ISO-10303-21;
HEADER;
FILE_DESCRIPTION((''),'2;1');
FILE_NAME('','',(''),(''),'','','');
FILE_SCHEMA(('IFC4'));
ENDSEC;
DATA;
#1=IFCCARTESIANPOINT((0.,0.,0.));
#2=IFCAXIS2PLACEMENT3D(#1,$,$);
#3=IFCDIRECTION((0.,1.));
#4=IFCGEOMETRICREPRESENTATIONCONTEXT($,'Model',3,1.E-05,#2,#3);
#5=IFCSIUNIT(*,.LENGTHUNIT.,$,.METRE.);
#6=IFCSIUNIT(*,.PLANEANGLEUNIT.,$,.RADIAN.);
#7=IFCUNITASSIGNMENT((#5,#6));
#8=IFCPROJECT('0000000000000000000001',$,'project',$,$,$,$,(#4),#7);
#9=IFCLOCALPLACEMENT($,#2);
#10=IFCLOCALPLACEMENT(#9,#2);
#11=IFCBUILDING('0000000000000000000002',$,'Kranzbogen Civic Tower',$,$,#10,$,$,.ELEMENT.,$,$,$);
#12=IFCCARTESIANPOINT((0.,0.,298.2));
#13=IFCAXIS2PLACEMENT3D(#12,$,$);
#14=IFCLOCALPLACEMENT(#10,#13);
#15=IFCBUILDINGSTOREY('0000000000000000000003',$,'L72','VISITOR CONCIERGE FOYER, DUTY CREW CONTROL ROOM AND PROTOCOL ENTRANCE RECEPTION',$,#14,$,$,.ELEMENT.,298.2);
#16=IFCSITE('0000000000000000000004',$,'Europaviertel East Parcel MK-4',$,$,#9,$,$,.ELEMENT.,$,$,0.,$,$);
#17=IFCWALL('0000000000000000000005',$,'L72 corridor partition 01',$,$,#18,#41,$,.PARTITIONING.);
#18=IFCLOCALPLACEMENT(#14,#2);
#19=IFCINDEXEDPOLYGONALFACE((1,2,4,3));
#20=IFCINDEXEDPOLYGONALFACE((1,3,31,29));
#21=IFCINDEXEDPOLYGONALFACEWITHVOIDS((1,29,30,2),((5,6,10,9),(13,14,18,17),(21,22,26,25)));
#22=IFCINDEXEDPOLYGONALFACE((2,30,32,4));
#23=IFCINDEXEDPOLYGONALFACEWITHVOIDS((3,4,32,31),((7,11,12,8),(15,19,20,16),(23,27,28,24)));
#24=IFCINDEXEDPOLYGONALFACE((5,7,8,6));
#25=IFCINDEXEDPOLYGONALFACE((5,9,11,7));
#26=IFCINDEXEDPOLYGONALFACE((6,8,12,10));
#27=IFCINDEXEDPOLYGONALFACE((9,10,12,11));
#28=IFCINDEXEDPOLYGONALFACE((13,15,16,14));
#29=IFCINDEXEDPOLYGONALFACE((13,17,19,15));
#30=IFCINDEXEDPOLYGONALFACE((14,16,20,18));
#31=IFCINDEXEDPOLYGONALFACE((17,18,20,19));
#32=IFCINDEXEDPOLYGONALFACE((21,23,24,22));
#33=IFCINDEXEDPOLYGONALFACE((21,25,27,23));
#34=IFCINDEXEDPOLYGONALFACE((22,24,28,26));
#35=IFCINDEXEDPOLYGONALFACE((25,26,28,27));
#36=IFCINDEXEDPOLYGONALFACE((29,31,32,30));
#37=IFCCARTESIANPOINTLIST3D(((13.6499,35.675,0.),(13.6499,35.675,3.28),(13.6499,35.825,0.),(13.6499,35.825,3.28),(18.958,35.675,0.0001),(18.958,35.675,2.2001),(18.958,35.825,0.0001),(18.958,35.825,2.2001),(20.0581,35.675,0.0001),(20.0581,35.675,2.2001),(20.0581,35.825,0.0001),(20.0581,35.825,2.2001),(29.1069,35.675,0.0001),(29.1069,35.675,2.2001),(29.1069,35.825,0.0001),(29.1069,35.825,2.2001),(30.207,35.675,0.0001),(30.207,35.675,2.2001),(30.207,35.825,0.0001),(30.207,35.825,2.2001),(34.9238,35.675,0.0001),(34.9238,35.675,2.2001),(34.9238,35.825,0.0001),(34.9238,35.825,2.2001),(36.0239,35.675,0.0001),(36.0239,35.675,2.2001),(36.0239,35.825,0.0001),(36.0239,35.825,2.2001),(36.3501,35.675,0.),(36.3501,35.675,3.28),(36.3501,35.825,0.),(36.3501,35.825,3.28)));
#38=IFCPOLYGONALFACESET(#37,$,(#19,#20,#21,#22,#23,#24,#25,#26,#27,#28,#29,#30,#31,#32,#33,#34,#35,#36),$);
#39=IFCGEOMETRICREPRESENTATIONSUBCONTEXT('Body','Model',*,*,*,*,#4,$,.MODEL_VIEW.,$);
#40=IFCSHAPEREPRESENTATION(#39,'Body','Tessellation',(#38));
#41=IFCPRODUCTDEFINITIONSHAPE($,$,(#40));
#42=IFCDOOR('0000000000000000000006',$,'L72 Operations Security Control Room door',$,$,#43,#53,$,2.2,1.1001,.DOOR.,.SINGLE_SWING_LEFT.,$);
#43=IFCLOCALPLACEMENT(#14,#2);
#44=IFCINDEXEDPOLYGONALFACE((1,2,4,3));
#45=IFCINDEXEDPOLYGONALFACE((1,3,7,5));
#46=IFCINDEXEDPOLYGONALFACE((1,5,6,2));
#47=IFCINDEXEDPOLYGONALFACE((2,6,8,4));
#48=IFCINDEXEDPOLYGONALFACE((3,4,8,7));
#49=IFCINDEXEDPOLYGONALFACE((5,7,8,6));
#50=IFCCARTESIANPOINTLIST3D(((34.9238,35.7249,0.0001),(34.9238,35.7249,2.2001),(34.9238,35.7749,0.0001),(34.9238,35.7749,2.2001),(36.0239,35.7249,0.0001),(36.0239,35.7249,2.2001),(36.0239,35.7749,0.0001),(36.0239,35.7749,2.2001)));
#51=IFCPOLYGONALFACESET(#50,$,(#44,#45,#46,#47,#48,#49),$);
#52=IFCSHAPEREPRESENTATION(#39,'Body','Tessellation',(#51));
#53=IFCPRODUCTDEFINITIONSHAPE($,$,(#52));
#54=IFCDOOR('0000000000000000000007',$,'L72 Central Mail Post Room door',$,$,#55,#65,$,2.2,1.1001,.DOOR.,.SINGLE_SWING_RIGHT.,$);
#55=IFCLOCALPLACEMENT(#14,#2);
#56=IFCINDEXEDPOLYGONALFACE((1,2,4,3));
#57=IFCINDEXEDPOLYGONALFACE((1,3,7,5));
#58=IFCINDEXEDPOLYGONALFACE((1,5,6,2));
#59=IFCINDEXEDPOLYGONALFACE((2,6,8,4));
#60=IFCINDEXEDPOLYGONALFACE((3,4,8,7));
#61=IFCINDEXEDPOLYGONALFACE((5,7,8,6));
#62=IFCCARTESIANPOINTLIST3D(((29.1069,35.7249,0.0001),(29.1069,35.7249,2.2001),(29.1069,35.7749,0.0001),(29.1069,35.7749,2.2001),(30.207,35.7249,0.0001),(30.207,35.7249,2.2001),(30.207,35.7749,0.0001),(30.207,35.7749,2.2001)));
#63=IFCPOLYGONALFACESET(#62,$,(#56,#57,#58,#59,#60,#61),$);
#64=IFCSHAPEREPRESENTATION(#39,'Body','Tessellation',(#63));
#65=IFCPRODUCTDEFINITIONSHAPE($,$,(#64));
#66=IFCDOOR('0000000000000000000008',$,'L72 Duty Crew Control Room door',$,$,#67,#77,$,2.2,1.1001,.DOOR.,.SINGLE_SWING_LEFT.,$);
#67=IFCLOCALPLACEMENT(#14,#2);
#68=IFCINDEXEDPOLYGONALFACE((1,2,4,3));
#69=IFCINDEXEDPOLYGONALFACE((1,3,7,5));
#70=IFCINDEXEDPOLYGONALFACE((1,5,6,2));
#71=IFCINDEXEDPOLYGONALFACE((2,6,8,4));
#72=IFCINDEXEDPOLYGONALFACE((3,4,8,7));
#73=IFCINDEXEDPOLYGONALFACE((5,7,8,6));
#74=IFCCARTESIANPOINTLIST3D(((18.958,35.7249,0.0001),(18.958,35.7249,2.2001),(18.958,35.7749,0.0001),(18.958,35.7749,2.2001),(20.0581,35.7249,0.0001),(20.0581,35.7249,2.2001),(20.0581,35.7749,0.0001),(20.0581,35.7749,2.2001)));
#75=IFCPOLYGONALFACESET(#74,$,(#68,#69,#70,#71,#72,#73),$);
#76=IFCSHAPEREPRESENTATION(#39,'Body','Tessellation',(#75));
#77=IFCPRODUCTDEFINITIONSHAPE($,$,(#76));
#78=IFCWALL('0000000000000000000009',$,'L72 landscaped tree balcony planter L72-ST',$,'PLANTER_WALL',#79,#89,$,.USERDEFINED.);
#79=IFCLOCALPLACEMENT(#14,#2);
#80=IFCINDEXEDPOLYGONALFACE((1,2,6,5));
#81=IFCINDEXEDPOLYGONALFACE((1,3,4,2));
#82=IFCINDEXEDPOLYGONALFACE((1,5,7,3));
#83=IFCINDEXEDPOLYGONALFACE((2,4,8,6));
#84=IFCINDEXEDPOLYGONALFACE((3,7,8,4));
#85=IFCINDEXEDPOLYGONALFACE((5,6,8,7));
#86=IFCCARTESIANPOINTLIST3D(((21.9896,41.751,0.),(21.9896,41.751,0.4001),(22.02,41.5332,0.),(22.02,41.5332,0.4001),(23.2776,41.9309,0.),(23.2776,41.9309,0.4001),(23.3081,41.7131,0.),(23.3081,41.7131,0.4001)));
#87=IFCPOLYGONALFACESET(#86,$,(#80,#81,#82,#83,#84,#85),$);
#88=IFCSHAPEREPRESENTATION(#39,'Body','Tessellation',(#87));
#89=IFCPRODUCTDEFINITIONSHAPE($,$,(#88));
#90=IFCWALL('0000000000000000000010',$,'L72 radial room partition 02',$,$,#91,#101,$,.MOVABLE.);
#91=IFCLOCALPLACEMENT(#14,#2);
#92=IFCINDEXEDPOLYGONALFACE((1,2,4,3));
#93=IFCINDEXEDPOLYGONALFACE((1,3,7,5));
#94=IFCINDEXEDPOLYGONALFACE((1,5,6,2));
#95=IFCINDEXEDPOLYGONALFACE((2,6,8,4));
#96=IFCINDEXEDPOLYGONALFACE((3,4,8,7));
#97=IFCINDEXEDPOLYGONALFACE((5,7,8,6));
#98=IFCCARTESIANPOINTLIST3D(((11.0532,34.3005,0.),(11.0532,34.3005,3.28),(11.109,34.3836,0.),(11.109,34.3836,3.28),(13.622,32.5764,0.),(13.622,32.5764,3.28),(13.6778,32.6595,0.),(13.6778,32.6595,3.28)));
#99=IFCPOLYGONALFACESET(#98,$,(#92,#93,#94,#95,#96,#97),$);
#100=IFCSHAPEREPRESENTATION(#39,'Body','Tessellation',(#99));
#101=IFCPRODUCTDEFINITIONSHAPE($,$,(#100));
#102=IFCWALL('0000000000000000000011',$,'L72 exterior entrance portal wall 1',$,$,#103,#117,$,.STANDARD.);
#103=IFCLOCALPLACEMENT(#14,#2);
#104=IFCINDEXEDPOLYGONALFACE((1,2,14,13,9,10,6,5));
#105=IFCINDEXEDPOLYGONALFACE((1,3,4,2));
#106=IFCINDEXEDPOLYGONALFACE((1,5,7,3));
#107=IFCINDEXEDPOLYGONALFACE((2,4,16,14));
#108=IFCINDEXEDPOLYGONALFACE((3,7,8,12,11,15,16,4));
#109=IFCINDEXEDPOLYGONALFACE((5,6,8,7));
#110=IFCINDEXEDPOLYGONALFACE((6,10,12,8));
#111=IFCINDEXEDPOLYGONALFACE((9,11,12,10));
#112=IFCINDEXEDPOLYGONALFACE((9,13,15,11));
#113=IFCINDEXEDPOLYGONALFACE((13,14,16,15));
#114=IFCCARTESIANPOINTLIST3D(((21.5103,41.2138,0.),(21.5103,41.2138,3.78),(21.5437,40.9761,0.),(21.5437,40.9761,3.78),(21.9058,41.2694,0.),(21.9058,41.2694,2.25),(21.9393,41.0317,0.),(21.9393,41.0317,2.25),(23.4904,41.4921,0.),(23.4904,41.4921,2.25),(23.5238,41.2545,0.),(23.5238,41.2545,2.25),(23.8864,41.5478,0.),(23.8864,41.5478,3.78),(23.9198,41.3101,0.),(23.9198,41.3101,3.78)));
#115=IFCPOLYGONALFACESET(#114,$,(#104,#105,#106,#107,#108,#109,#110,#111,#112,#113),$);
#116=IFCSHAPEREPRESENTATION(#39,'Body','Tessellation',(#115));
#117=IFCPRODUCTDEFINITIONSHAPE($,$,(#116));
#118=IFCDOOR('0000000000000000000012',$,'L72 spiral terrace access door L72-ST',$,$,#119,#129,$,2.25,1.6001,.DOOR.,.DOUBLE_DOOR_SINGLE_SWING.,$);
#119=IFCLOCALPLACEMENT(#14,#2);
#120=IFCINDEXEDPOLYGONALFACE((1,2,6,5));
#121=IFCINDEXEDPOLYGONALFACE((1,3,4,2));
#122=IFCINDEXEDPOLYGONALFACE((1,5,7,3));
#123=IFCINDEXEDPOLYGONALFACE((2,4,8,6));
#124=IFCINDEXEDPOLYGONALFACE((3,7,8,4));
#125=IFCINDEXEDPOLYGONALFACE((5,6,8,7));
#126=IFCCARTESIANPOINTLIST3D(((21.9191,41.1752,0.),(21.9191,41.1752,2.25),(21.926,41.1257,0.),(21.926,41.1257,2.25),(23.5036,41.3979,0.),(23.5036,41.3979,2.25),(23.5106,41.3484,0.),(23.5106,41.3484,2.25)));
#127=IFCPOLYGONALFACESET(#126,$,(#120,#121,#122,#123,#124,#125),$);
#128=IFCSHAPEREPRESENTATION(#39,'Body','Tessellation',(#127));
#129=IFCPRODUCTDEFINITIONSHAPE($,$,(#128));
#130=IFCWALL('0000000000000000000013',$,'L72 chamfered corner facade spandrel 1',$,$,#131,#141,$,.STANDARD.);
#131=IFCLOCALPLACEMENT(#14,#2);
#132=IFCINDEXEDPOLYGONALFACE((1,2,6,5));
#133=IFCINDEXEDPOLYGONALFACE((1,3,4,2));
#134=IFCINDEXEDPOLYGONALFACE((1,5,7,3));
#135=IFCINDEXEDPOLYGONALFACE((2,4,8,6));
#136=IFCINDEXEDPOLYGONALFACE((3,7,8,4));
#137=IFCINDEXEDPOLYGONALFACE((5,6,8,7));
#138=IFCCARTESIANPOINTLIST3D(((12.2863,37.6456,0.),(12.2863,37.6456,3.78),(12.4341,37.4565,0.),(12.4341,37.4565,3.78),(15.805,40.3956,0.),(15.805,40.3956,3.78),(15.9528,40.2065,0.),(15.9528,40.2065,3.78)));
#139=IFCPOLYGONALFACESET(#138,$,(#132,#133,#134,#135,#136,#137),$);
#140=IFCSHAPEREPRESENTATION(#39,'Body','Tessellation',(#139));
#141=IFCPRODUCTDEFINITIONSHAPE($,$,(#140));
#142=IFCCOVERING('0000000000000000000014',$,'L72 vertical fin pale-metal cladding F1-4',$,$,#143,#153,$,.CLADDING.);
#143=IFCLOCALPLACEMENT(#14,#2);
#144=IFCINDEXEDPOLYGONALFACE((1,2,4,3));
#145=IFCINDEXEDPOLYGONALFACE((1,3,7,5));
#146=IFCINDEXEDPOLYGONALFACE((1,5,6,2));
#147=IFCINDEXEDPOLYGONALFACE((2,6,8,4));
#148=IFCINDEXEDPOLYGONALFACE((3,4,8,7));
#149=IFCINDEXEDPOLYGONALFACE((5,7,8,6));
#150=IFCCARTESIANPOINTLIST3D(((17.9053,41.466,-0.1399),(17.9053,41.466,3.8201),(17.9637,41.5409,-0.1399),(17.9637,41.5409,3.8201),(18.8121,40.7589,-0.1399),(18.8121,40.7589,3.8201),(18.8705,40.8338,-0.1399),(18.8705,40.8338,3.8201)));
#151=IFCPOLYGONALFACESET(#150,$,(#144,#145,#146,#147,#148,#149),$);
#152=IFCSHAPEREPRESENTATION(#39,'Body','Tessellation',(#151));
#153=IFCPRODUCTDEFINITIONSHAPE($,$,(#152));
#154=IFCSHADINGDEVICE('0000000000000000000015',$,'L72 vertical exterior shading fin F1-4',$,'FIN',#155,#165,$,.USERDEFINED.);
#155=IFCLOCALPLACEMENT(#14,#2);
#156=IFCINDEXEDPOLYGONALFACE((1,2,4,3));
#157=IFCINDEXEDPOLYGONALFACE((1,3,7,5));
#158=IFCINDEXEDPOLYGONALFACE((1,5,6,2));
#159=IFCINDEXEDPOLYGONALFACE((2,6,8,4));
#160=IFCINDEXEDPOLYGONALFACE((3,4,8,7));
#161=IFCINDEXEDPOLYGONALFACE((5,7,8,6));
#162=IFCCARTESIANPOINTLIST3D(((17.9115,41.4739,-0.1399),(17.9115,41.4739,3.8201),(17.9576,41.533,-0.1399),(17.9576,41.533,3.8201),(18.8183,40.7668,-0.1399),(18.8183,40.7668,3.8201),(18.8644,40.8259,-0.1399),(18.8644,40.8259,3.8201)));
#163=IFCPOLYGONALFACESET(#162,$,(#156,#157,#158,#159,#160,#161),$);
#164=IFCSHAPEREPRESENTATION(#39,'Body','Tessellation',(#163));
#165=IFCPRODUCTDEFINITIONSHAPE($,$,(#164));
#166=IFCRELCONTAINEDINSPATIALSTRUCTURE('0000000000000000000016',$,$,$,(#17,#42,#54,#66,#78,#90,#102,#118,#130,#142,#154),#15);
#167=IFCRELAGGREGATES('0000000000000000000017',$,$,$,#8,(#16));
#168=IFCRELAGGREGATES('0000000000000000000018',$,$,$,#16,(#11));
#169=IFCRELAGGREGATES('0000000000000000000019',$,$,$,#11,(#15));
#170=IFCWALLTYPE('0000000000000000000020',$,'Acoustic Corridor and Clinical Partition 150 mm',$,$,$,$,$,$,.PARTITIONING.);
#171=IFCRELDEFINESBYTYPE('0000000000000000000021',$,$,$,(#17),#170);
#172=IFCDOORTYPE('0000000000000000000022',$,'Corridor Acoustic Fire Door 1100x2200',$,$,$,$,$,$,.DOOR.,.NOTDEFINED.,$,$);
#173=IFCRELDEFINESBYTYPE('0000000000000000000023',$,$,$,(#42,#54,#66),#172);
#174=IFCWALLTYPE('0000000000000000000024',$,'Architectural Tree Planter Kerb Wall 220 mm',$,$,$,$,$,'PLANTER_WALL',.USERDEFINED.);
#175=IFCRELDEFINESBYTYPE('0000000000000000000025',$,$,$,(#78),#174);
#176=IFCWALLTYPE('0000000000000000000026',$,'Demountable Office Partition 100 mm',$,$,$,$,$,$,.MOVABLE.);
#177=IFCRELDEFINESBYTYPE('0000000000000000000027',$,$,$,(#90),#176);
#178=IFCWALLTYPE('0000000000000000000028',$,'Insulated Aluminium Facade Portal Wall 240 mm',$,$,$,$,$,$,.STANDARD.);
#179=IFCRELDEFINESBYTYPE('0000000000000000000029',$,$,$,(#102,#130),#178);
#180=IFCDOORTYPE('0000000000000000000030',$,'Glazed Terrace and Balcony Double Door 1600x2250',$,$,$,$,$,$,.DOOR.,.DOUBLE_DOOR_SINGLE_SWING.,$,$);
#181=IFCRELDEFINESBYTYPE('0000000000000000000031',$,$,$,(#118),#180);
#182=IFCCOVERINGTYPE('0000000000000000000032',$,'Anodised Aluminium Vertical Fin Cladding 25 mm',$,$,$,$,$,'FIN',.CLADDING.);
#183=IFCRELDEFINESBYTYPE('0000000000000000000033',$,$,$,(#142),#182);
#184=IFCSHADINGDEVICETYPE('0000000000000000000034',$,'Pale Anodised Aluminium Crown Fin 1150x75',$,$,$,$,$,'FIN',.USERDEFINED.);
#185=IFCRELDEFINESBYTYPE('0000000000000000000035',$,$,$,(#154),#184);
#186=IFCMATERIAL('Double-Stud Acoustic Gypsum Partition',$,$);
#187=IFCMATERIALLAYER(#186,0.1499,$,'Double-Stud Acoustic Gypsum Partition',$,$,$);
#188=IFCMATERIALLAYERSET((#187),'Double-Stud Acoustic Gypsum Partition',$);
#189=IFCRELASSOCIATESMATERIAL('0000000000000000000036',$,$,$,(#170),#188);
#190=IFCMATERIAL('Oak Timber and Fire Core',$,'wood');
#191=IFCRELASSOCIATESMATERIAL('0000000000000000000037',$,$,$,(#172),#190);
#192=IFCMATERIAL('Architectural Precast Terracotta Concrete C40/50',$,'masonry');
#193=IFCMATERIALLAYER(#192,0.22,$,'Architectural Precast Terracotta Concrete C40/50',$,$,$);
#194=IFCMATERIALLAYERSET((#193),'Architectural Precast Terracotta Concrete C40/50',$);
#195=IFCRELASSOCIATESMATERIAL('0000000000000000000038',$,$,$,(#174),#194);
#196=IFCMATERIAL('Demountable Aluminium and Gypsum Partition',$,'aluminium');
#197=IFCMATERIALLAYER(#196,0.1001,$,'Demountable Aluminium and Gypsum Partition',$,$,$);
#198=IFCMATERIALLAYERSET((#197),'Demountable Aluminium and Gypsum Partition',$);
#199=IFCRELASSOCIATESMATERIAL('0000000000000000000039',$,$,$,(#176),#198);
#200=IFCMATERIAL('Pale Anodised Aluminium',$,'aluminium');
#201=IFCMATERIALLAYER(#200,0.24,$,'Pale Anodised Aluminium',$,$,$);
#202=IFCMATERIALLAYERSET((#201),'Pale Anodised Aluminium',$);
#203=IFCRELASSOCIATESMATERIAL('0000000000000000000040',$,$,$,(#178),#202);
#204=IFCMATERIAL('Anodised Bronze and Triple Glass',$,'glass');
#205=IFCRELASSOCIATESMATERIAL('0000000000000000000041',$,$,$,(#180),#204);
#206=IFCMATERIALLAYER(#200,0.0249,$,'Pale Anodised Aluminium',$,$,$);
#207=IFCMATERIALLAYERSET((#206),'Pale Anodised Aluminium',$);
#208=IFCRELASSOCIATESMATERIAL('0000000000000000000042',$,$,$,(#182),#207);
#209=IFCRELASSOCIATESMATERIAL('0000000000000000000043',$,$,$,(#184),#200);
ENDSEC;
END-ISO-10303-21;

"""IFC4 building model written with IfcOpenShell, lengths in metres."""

from ifc_helpers import new_model, si_unit, direction, frame, frame_2d, origin, origin_2d, place, context, subcontext, project, spatial, rectangle, extrude, material, layer, layer_set, type_object, element, fill, save


model = new_model("IFC4")

# Units and contexts
model_context = context("Model", 3, precision=1e-05, world=origin(), true_north=direction((0.0, 1.0)))
body_context = subcontext(model_context, "Body", "Model", "MODEL_VIEW")
ifc_project = project(units=[si_unit("LENGTHUNIT", "METRE"), si_unit("PLANEANGLEUNIT", "RADIAN")], contexts=[model_context])

# Site, building, storey
site_placement = place(None, origin())
site = spatial("IfcSite", under=ifc_project, at=site_placement, Name="Europaviertel East Parcel MK-4", CompositionType="ELEMENT", RefElevation=0.0)
building_placement = place(site_placement, origin())
building = spatial("IfcBuilding", under=site, at=building_placement, Name="Kranzbogen Civic Tower", CompositionType="ELEMENT")
storey_placement = place(building_placement, frame((0.0, 0.0, 298.2)))
storey = spatial("IfcBuildingStorey", under=building, at=storey_placement, Name="L72", Description="VISITOR CONCIERGE FOYER, DUTY CREW CONTROL ROOM AND PROTOCOL ENTRANCE RECEPTION", CompositionType="ELEMENT", Elevation=298.2)

# Shared definitions
ifc_material_1 = material(Name="Pale Anodised Aluminium", Category="aluminium")

# Wall, openings, doors
ifc_material_2 = material(Name="Double-Stud Acoustic Gypsum Partition")
ifc_layer_1 = layer(ifc_material_2, 0.1499, Name="Double-Stud Acoustic Gypsum Partition")
ifc_layer_set_1 = layer_set([ifc_layer_1], Name="Double-Stud Acoustic Gypsum Partition")
wall_type_1 = type_object("IfcWallType", Name="Acoustic Corridor and Clinical Partition 150 mm", PredefinedType="PARTITIONING", material=ifc_layer_set_1)
wall_1_placement = place(storey_placement, frame((13.6499, 35.75, 0.0), z_axis=(0.0, 0.0, 1.0), x_axis=(1.0, 0.0, 0.0)))
wall_1 = element("IfcWall", 1, at=wall_1_placement, inside=storey, type_object=wall_type_1, Name="L72 corridor partition 01", PredefinedType="PARTITIONING", context=body_context, shape_type="SweptSolid", body=[
    extrude(rectangle(XDim=22.7002, YDim=0.1499, at=frame_2d((11.3501, 0.0))), origin(), (0.0, 0.0, 1.0), 3.28),
])
opening_1_placement = place(wall_1_placement, frame((21.2739, 0.0, 0.0)))
opening_1 = element("IfcOpeningElement", 2, at=opening_1_placement, cuts=wall_1, PredefinedType="OPENING", context=body_context, shape_type="SweptSolid", body=[
    extrude(rectangle(XDim=1.1001, YDim=2.2, at=frame_2d((0.55, 1.1001))), frame((0.0, 0.085, 0.0), z_axis=(0.0, -1.0, 0.0), x_axis=(1.0, 0.0, 0.0)), (0.0, 0.0, 1.0), 0.1699),
])
opening_2_placement = place(wall_1_placement, frame((15.457, 0.0, 0.0)))
opening_2 = element("IfcOpeningElement", 3, at=opening_2_placement, cuts=wall_1, PredefinedType="OPENING", context=body_context, shape_type="SweptSolid", body=[
    extrude(rectangle(XDim=1.1001, YDim=2.2, at=frame_2d((0.55, 1.1001))), frame((0.0, 0.085, 0.0), z_axis=(0.0, -1.0, 0.0), x_axis=(1.0, 0.0, 0.0)), (0.0, 0.0, 1.0), 0.1699),
])
opening_3_placement = place(wall_1_placement, frame((5.3081, 0.0, 0.0)))
opening_3 = element("IfcOpeningElement", 4, at=opening_3_placement, cuts=wall_1, PredefinedType="OPENING", context=body_context, shape_type="SweptSolid", body=[
    extrude(rectangle(XDim=1.1001, YDim=2.2, at=frame_2d((0.55, 1.1001))), frame((0.0, 0.085, 0.0), z_axis=(0.0, -1.0, 0.0), x_axis=(1.0, 0.0, 0.0)), (0.0, 0.0, 1.0), 0.1699),
])
ifc_material_3 = material(Name="Oak Timber and Fire Core", Category="wood")
door_type_1 = type_object("IfcDoorType", Name="Corridor Acoustic Fire Door 1100x2200", OperationType="NOTDEFINED", PredefinedType="DOOR", material=ifc_material_3)
door_1_placement = place(opening_1_placement, origin())
door_1 = element("IfcDoor", 5, at=door_1_placement, inside=storey, type_object=door_type_1, Name="L72 Operations Security Control Room door", OperationType="SINGLE_SWING_LEFT", OverallHeight=2.2, OverallWidth=1.1001, PredefinedType="DOOR", context=body_context, shape_type="SweptSolid", body=[
    extrude(rectangle(XDim=1.1001, YDim=2.2, at=frame_2d((0.55, 1.1001))), frame((0.0, 0.0249, 0.0), z_axis=(0.0, -1.0, 0.0), x_axis=(1.0, 0.0, 0.0)), (0.0, 0.0, 1.0), 0.05),
])
fill(opening_1, door_1)
door_2_placement = place(opening_2_placement, origin())
door_2 = element("IfcDoor", 6, at=door_2_placement, inside=storey, type_object=door_type_1, Name="L72 Central Mail Post Room door", OperationType="SINGLE_SWING_RIGHT", OverallHeight=2.2, OverallWidth=1.1001, PredefinedType="DOOR", context=body_context, shape_type="SweptSolid", body=[
    extrude(rectangle(XDim=1.1001, YDim=2.2, at=frame_2d((0.55, 1.1001))), frame((0.0, 0.0249, 0.0), z_axis=(0.0, -1.0, 0.0), x_axis=(1.0, 0.0, 0.0)), (0.0, 0.0, 1.0), 0.05),
])
fill(opening_2, door_2)
door_3_placement = place(opening_3_placement, origin())
door_3 = element("IfcDoor", 7, at=door_3_placement, inside=storey, type_object=door_type_1, Name="L72 Duty Crew Control Room door", OperationType="SINGLE_SWING_LEFT", OverallHeight=2.2, OverallWidth=1.1001, PredefinedType="DOOR", context=body_context, shape_type="SweptSolid", body=[
    extrude(rectangle(XDim=1.1001, YDim=2.2, at=frame_2d((0.55, 1.1001))), frame((0.0, 0.0249, 0.0), z_axis=(0.0, -1.0, 0.0), x_axis=(1.0, 0.0, 0.0)), (0.0, 0.0, 1.0), 0.05),
])
fill(opening_3, door_3)

# Walls
ifc_material_4 = material(Name="Architectural Precast Terracotta Concrete C40/50", Category="masonry")
ifc_layer_2 = layer(ifc_material_4, 0.22, Name="Architectural Precast Terracotta Concrete C40/50")
ifc_layer_set_2 = layer_set([ifc_layer_2], Name="Architectural Precast Terracotta Concrete C40/50")
wall_type_2 = type_object("IfcWallType", Name="Architectural Tree Planter Kerb Wall 220 mm", ElementType="PLANTER_WALL", PredefinedType="USERDEFINED", material=ifc_layer_set_2)
wall_2_placement = place(storey_placement, frame((23.293, 41.822, 0.0), z_axis=(0.0, 0.0, 1.0), x_axis=(-0.990384, -0.138346, 0.0)))
element("IfcWall", 8, at=wall_2_placement, inside=storey, type_object=wall_type_2, Name="L72 landscaped tree balcony planter L72-ST", ObjectType="PLANTER_WALL", PredefinedType="USERDEFINED", context=body_context, shape_type="SweptSolid", body=[
    extrude(rectangle(XDim=1.3005, YDim=0.22, at=frame_2d((0.6504, 0.0))), origin(), (0.0, 0.0, 1.0), 0.4001),
])
ifc_material_5 = material(Name="Demountable Aluminium and Gypsum Partition", Category="aluminium")
ifc_layer_3 = layer(ifc_material_5, 0.1001, Name="Demountable Aluminium and Gypsum Partition")
ifc_layer_set_3 = layer_set([ifc_layer_3], Name="Demountable Aluminium and Gypsum Partition")
wall_type_3 = type_object("IfcWallType", Name="Demountable Office Partition 100 mm", PredefinedType="MOVABLE", material=ifc_layer_set_3)
wall_3_placement = place(storey_placement, frame((13.6499, 32.6179, 0.0), z_axis=(0.0, 0.0, 1.0), x_axis=(-0.830322, 0.557283, 0.0)))
element("IfcWall", 9, at=wall_3_placement, inside=storey, type_object=wall_type_3, Name="L72 radial room partition 02", PredefinedType="MOVABLE", context=body_context, shape_type="SweptSolid", body=[
    extrude(rectangle(XDim=3.0938, YDim=0.1001, at=frame_2d((1.5469, 0.0))), origin(), (0.0, 0.0, 1.0), 3.28),
])

# Wall, opening, door
ifc_layer_4 = layer(ifc_material_1, 0.24, Name="Pale Anodised Aluminium")
ifc_layer_set_4 = layer_set([ifc_layer_4], Name="Pale Anodised Aluminium")
wall_type_4 = type_object("IfcWallType", Name="Insulated Aluminium Facade Portal Wall 240 mm", PredefinedType="STANDARD", material=ifc_layer_set_4)
wall_4_placement = place(storey_placement, frame((23.9031, 41.429, 0.0), z_axis=(0.0, 0.0, 1.0), x_axis=(-0.990264, -0.139199, 0.0)))
wall_4 = element("IfcWall", 10, at=wall_4_placement, inside=storey, type_object=wall_type_4, Name="L72 exterior entrance portal wall 1", PredefinedType="STANDARD", context=body_context, shape_type="SweptSolid", body=[
    extrude(rectangle(XDim=2.3994, YDim=0.24, at=frame_2d((1.1997, 0.0))), origin(), (0.0, 0.0, 1.0), 3.78),
])
opening_4_placement = place(wall_4_placement, frame((0.3999, 0.0, 0.0)))
opening_4 = element("IfcOpeningElement", 11, at=opening_4_placement, cuts=wall_4, PredefinedType="OPENING", context=body_context, shape_type="SweptSolid", body=[
    extrude(rectangle(XDim=1.6001, YDim=2.25, at=frame_2d((0.8, 1.125))), frame((0.0, 0.1299, 0.0), z_axis=(0.0, -1.0, 0.0), x_axis=(1.0, 0.0, 0.0)), (0.0, 0.0, 1.0), 0.26),
])
ifc_material_6 = material(Name="Anodised Bronze and Triple Glass", Category="glass")
door_type_2 = type_object("IfcDoorType", Name="Glazed Terrace and Balcony Double Door 1600x2250", OperationType="DOUBLE_DOOR_SINGLE_SWING", PredefinedType="DOOR", material=ifc_material_6)
door_4_placement = place(opening_4_placement, frame((1.6001, 0.0, 0.0), z_axis=(0.0, 0.0, 1.0), x_axis=(-1.0, 0.0, 0.0)))
door_4 = element("IfcDoor", 12, at=door_4_placement, inside=storey, type_object=door_type_2, Name="L72 spiral terrace access door L72-ST", OperationType="DOUBLE_DOOR_SINGLE_SWING", OverallHeight=2.25, OverallWidth=1.6001, PredefinedType="DOOR", context=body_context, shape_type="SweptSolid", body=[
    extrude(rectangle(XDim=1.6001, YDim=2.25, at=frame_2d((0.8, 1.125))), frame((0.0, 0.0249, 0.0), z_axis=(0.0, -1.0, 0.0), x_axis=(1.0, 0.0, 0.0)), (0.0, 0.0, 1.0), 0.05),
])
fill(opening_4, door_4)

# Wall
wall_5_placement = place(storey_placement, frame((15.8789, 40.301, 0.0), z_axis=(0.0, 0.0, 1.0), x_axis=(-0.787922, -0.615775, 0.0)))
element("IfcWall", 13, at=wall_5_placement, inside=storey, type_object=wall_type_4, Name="L72 chamfered corner facade spandrel 1", PredefinedType="STANDARD", context=body_context, shape_type="SweptSolid", body=[
    extrude(rectangle(XDim=4.4658, YDim=0.24, at=frame_2d((2.2329, 0.0))), origin(), (0.0, 0.0, 1.0), 3.78),
])

# Covering
ifc_layer_5 = layer(ifc_material_1, 0.0249, Name="Pale Anodised Aluminium")
ifc_layer_set_5 = layer_set([ifc_layer_5], Name="Pale Anodised Aluminium")
covering_type = type_object("IfcCoveringType", Name="Anodised Aluminium Vertical Fin Cladding 25 mm", ElementType="FIN", PredefinedType="CLADDING", material=ifc_layer_set_5)
covering_placement = place(storey_placement, frame((18.3879, 41.1499, -0.1399), z_axis=(0.0, 0.0, 1.0), x_axis=(-0.788601, 0.614905, 0.0)))
element("IfcCovering", 14, at=covering_placement, inside=storey, type_object=covering_type, Name="L72 vertical fin pale-metal cladding F1-4", PredefinedType="CLADDING", context=body_context, shape_type="SweptSolid", body=[
    extrude(rectangle(XDim=1.1499, YDim=0.095, at=origin_2d()), origin(), (0.0, 0.0, 1.0), 3.96),
])

# Shading device
shading_device_type = type_object("IfcShadingDeviceType", Name="Pale Anodised Aluminium Crown Fin 1150x75", ElementType="FIN", PredefinedType="USERDEFINED", material=ifc_material_1)
shading_device_placement = place(storey_placement, frame((18.3879, 41.1499, -0.1399), z_axis=(0.0, 0.0, 1.0), x_axis=(-0.788601, 0.614905, 0.0)))
element("IfcShadingDevice", 15, at=shading_device_placement, inside=storey, type_object=shading_device_type, Name="L72 vertical exterior shading fin F1-4", ObjectType="FIN", PredefinedType="USERDEFINED", context=body_context, shape_type="SweptSolid", body=[
    extrude(rectangle(XDim=1.1499, YDim=0.075, at=origin_2d()), origin(), (0.0, 0.0, 1.0), 3.96),
])

save(model, "model.ifc")
